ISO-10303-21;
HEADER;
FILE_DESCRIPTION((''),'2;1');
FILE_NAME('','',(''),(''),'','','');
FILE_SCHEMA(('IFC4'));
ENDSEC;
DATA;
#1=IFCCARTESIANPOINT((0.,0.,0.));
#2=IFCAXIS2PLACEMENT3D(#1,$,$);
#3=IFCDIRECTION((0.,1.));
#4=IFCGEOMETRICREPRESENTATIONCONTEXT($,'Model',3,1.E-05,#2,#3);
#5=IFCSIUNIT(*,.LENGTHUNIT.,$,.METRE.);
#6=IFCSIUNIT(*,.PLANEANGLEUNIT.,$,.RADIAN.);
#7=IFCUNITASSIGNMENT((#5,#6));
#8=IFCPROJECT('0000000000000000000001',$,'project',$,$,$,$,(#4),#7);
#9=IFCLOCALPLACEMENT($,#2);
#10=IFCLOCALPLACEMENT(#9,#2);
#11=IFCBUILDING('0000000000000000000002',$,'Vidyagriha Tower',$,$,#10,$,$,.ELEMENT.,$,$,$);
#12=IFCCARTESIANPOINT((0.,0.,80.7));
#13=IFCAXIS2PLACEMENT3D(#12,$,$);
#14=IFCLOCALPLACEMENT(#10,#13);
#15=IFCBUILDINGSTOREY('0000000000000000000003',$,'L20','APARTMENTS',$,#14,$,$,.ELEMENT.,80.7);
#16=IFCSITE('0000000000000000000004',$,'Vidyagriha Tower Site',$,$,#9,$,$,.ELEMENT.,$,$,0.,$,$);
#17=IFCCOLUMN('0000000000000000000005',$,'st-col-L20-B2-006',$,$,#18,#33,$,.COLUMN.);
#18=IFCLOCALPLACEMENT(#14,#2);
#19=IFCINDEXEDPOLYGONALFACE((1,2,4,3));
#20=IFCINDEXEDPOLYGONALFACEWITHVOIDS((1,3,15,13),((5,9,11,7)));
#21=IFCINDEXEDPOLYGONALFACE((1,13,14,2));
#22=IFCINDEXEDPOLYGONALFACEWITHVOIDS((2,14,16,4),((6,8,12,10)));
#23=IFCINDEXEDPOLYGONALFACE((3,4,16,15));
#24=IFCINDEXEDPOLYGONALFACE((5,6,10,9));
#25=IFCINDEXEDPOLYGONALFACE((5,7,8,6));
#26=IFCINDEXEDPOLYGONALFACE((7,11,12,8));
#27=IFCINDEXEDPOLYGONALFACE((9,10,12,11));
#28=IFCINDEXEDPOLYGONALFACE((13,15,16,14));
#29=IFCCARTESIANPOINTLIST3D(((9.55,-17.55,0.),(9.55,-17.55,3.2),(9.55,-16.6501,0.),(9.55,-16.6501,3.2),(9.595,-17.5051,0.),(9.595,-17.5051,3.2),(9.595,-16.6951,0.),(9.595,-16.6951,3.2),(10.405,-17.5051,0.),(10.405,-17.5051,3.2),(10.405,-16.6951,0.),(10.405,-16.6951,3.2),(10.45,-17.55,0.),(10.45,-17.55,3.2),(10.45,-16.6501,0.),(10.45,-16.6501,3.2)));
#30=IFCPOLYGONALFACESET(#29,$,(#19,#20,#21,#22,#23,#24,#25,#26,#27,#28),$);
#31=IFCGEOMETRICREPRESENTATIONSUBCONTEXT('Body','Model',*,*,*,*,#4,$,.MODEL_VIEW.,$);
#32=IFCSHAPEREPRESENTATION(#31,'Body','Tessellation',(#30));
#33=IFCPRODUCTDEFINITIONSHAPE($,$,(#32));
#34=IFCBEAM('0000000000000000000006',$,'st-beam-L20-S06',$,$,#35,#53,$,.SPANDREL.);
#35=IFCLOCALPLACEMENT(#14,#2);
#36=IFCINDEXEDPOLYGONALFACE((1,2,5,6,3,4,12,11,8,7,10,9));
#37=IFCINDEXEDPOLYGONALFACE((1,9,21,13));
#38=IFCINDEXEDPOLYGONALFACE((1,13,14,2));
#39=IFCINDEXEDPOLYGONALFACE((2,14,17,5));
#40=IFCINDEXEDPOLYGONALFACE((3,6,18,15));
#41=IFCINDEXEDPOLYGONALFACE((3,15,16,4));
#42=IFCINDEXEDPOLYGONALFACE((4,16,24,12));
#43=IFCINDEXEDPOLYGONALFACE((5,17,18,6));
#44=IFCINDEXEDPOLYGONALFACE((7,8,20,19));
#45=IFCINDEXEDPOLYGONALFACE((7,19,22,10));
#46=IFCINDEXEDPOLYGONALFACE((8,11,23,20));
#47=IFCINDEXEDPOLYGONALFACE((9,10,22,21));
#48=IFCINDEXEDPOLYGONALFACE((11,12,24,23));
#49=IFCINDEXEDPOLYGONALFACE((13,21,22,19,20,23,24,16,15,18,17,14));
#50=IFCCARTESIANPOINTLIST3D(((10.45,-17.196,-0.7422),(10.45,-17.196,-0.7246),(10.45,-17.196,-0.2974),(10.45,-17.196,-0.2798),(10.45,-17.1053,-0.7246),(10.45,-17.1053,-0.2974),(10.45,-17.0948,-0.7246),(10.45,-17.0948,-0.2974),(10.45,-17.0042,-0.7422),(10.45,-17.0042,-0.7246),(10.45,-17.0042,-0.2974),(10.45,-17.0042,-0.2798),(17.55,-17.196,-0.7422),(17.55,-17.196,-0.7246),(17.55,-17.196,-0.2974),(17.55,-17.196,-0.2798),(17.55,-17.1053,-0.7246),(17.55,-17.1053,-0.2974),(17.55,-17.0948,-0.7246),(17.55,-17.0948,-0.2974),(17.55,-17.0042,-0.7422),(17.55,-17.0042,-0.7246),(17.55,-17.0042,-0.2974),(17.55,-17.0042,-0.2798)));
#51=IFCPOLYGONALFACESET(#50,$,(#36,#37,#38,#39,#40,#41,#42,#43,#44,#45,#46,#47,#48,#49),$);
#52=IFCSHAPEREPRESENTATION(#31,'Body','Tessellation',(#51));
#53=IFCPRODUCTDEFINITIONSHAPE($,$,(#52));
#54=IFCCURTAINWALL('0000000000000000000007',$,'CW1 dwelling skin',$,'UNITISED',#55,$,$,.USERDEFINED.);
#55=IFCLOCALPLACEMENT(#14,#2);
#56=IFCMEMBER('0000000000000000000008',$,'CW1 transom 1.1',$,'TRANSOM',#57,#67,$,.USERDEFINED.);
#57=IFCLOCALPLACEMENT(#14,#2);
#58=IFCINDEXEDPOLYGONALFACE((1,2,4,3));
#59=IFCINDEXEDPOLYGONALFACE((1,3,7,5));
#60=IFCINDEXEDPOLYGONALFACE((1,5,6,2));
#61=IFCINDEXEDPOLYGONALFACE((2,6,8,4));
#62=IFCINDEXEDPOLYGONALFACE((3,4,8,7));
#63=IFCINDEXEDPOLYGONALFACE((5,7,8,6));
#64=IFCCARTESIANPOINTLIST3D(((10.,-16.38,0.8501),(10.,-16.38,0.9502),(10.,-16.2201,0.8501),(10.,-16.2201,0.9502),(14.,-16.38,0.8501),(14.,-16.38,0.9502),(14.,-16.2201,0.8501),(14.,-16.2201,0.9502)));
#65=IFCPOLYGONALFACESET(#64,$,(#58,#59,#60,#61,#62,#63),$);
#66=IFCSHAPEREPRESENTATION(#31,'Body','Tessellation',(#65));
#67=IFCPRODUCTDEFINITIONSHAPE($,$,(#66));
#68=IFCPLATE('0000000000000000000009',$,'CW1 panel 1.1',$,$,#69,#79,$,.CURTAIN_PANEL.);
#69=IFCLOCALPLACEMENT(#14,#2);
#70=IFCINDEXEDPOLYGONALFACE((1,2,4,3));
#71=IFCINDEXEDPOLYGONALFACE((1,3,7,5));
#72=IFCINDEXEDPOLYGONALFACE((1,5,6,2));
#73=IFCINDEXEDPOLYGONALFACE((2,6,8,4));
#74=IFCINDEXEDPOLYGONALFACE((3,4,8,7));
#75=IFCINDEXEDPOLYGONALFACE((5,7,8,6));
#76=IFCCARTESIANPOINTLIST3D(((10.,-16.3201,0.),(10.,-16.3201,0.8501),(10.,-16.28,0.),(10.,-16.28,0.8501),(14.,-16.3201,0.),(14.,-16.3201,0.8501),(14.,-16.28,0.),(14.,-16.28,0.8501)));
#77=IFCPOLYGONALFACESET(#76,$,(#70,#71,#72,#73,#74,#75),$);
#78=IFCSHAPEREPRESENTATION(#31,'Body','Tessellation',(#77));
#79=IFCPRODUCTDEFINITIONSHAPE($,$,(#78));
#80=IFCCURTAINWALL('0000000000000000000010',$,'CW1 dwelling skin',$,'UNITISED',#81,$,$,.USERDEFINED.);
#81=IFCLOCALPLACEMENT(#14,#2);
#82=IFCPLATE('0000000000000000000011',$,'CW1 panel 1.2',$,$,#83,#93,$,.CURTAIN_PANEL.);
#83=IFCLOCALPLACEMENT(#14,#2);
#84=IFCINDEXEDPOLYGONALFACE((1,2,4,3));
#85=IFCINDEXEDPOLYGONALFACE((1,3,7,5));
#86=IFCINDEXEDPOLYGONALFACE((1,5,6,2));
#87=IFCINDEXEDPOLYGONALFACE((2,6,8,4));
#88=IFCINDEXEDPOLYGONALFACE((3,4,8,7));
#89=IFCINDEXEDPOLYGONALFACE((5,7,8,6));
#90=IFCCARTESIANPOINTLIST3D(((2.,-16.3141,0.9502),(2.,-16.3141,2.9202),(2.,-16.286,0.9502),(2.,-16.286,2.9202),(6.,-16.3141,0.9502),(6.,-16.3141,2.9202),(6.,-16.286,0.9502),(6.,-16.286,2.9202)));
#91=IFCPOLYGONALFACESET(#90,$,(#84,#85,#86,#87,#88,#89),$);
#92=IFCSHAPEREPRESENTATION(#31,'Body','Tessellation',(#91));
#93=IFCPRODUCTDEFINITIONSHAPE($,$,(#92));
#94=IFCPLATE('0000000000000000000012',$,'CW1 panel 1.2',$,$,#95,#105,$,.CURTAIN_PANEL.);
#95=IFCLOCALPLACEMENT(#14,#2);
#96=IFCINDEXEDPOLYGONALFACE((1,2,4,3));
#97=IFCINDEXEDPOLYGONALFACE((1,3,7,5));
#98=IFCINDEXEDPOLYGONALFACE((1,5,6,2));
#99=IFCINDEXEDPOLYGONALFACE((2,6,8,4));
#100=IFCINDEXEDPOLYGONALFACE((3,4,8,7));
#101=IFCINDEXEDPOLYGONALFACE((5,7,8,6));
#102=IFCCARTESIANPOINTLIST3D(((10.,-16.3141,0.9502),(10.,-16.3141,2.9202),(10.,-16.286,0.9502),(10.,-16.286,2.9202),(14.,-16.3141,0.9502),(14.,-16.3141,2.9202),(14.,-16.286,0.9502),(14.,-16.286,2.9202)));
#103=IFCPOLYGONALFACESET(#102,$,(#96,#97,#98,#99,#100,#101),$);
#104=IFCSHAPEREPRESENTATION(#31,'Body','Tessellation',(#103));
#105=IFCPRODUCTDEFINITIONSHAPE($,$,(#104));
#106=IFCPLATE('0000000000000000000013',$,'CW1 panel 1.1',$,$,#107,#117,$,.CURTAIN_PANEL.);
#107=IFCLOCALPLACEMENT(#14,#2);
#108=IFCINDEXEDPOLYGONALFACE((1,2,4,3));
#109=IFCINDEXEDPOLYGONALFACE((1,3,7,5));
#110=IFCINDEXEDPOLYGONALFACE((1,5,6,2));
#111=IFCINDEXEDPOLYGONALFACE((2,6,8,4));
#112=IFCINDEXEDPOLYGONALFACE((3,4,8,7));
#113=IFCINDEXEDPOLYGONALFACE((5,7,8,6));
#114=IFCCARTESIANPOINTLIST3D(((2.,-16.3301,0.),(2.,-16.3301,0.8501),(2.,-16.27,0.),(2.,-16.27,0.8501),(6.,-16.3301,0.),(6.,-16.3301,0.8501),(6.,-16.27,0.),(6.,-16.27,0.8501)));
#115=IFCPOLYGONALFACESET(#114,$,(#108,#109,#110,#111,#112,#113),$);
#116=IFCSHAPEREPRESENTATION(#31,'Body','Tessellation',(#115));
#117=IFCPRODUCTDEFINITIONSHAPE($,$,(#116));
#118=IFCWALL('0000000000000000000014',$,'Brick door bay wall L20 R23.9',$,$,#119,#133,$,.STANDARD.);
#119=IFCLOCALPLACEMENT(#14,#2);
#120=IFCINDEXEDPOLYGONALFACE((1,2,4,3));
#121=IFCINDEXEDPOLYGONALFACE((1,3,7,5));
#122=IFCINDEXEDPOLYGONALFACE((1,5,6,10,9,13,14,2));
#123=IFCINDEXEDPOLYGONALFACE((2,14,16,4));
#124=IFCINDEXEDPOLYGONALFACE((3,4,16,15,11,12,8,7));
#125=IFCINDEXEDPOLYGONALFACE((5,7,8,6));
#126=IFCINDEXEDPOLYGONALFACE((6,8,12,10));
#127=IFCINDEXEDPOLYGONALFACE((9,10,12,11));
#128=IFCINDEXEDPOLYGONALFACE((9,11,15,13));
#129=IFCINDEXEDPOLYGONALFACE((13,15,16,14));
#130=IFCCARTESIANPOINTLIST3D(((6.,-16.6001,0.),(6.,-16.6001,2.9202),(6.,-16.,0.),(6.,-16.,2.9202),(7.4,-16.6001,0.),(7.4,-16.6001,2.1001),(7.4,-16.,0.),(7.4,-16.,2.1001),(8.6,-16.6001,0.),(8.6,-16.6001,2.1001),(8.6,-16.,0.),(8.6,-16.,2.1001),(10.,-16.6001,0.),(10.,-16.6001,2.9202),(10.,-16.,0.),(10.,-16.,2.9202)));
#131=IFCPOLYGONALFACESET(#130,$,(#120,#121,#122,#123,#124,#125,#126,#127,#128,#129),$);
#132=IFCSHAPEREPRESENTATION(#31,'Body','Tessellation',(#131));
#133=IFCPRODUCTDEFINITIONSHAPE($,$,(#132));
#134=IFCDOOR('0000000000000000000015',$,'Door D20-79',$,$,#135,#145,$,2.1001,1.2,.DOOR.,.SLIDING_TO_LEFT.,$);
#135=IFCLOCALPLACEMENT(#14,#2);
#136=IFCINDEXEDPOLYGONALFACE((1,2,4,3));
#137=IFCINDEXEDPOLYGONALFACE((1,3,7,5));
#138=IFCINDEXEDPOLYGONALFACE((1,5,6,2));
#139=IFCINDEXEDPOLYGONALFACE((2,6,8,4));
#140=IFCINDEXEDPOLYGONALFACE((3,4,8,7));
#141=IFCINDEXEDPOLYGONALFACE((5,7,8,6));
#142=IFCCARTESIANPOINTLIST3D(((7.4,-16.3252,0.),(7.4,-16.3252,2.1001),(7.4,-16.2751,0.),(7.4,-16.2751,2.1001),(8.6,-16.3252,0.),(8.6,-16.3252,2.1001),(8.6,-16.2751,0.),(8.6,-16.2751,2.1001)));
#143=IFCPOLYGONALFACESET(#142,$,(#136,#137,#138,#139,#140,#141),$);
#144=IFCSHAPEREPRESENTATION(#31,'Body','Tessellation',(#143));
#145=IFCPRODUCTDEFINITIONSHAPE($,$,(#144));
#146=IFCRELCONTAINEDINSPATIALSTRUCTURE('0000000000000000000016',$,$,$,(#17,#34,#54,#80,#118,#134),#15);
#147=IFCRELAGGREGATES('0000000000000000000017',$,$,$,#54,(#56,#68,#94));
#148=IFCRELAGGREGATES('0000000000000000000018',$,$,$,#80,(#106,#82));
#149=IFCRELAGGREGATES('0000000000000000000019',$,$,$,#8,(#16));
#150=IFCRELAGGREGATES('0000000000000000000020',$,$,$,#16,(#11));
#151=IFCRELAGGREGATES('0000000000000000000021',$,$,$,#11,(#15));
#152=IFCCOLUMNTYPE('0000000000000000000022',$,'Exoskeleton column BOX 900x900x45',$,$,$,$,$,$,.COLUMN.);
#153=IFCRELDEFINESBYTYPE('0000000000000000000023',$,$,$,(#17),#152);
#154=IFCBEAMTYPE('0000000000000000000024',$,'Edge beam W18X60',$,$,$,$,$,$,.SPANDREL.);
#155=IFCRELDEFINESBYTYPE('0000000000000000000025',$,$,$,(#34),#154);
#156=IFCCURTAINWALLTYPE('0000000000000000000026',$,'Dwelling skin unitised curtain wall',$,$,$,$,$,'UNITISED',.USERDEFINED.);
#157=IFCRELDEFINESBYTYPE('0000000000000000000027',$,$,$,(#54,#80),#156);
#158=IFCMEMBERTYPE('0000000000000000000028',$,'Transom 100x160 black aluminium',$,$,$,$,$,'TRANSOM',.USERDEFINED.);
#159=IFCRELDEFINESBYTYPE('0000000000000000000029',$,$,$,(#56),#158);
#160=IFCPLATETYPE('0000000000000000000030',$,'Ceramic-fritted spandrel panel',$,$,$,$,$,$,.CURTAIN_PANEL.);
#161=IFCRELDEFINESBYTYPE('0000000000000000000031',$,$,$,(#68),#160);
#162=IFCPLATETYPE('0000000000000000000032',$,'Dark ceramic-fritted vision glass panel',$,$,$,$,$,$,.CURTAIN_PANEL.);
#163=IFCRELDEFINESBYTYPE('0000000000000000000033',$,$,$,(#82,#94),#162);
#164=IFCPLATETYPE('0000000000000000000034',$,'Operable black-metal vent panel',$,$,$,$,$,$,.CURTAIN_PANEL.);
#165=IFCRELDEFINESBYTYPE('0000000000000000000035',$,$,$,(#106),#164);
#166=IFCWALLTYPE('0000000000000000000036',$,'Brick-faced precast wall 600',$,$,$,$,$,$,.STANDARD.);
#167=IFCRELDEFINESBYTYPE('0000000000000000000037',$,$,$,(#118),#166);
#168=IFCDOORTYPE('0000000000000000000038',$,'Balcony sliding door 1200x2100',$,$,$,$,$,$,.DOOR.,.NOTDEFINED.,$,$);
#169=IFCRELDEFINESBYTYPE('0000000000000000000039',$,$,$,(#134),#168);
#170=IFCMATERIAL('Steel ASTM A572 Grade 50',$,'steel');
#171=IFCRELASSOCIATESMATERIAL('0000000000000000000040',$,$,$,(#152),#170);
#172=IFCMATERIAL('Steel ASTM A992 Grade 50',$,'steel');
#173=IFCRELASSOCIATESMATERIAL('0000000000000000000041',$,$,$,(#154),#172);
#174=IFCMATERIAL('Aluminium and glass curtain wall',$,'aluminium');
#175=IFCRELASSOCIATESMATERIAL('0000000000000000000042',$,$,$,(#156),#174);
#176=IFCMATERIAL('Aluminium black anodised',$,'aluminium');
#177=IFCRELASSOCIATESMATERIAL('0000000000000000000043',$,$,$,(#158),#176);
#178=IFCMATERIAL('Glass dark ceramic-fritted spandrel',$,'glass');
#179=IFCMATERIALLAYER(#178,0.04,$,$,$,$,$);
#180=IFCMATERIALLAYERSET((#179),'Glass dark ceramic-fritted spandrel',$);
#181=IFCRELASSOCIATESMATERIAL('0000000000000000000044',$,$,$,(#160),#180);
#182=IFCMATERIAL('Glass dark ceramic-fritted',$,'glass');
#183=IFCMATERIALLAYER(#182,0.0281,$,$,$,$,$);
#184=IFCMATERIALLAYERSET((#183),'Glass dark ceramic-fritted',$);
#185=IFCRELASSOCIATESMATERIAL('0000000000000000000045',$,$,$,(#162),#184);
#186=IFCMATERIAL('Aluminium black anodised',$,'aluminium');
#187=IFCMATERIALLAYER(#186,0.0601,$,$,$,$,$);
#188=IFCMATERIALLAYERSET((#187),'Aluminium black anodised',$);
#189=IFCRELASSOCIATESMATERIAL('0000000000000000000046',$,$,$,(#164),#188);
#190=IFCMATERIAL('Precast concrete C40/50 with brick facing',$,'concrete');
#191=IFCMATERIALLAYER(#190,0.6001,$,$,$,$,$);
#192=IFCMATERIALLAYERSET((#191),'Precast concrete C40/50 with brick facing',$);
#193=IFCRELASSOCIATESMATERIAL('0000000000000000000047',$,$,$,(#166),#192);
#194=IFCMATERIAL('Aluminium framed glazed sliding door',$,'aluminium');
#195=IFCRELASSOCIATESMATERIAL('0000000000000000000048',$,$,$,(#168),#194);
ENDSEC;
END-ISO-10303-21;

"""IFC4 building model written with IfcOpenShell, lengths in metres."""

from ifc_helpers import new_model, si_unit, direction, frame, frame_2d, origin, origin_2d, place, context, subcontext, project, spatial, rectangle, hollow_rectangle, i_section, extrude, material, layer, layer_set, material_profile, profile_set, type_object, element, fill, aggregate, save


model = new_model("IFC4")

# Units and contexts
model_context = context("Model", 3, precision=1e-05, world=origin(), true_north=direction((0.0, 1.0)))
body_context = subcontext(model_context, "Body", "Model", "MODEL_VIEW")
ifc_project = project(units=[si_unit("LENGTHUNIT", "METRE"), si_unit("PLANEANGLEUNIT", "RADIAN")], contexts=[model_context])

# Site, building, storey
site_placement = place(None, origin())
site = spatial("IfcSite", under=ifc_project, at=site_placement, Name="Vidyagriha Tower Site", CompositionType="ELEMENT", RefElevation=0.0)
building_placement = place(site_placement, origin())
building = spatial("IfcBuilding", under=site, at=building_placement, Name="Vidyagriha Tower", CompositionType="ELEMENT")
storey_placement = place(building_placement, frame((0.0, 0.0, 80.7)))
storey = spatial("IfcBuildingStorey", under=building, at=storey_placement, Name="L20", Description="APARTMENTS", CompositionType="ELEMENT", Elevation=80.7)

# Column
ifc_material_1 = material(Name="Steel ASTM A572 Grade 50", Category="steel")
ifc_material_profile_1 = material_profile(ifc_material_1, hollow_rectangle(XDim=0.8999, YDim=0.8999, WallThickness=0.0449, at=origin_2d()), Name="BOX 900x900x45")
ifc_profile_set_1 = profile_set([ifc_material_profile_1], Name="Steel ASTM A572 Grade 50")
column_type = type_object("IfcColumnType", Name="Exoskeleton column BOX 900x900x45", PredefinedType="COLUMN", material=ifc_profile_set_1)
column_placement = place(storey_placement, frame((10.0, -17.1001, 0.0)))
element("IfcColumn", 1, at=column_placement, inside=storey, type_object=column_type, Name="st-col-L20-B2-006", PredefinedType="COLUMN", context=body_context, shape_type="SweptSolid", body=[
    extrude(hollow_rectangle(XDim=0.8999, YDim=0.8999, WallThickness=0.0449, at=origin_2d()), origin(), (0.0, 0.0, 1.0), 3.2),
])

# Beam
ifc_material_2 = material(Name="Steel ASTM A992 Grade 50", Category="steel")
ifc_material_profile_2 = material_profile(ifc_material_2, i_section(OverallWidth=0.1919, OverallDepth=0.4624, WebThickness=0.0105, FlangeThickness=0.0176, at=origin_2d()), Name="W18X60")
ifc_profile_set_2 = profile_set([ifc_material_profile_2], Name="Steel ASTM A992 Grade 50")
beam_type = type_object("IfcBeamType", Name="Edge beam W18X60", PredefinedType="SPANDREL", material=ifc_profile_set_2)
beam_placement = place(storey_placement, frame((10.45, -17.1001, -0.511), z_axis=(1.0, 0.0, 0.0), x_axis=(0.0, 1.0, 0.0)))
element("IfcBeam", 2, at=beam_placement, inside=storey, type_object=beam_type, Name="st-beam-L20-S06", PredefinedType="SPANDREL", context=body_context, shape_type="SweptSolid", body=[
    extrude(i_section(OverallWidth=0.1919, OverallDepth=0.4624, WebThickness=0.0105, FlangeThickness=0.0176, at=origin_2d()), origin(), (0.0, 0.0, 1.0), 7.1001),
])

# Curtain wall, member, plate
ifc_material_3 = material(Name="Aluminium and glass curtain wall", Category="aluminium")
curtain_wall_type = type_object("IfcCurtainWallType", Name="Dwelling skin unitised curtain wall", ElementType="UNITISED", PredefinedType="USERDEFINED", material=ifc_material_3)
curtain_wall_1_placement = place(storey_placement, origin())
curtain_wall_1 = element("IfcCurtainWall", 3, at=curtain_wall_1_placement, inside=storey, type_object=curtain_wall_type, Name="CW1 dwelling skin", ObjectType="UNITISED", PredefinedType="USERDEFINED")
ifc_material_4 = material(Name="Aluminium black anodised", Category="aluminium")
ifc_material_profile_3 = material_profile(ifc_material_4, rectangle(XDim=0.1599, YDim=0.1001, at=origin_2d()), Name="Transom 100x160 black aluminium")
ifc_profile_set_3 = profile_set([ifc_material_profile_3], Name="Aluminium black anodised")
member_type = type_object("IfcMemberType", Name="Transom 100x160 black aluminium", ElementType="TRANSOM", PredefinedType="USERDEFINED", material=ifc_profile_set_3)
member_placement = place(storey_placement, frame((10.0, -16.3, 0.9001), z_axis=(1.0, 0.0, 0.0), x_axis=(0.0, 1.0, 0.0)))
member = element("IfcMember", 4, at=member_placement, type_object=member_type, Name="CW1 transom 1.1", ObjectType="TRANSOM", PredefinedType="USERDEFINED", context=body_context, shape_type="SweptSolid", body=[
    extrude(rectangle(XDim=0.1599, YDim=0.1001, at=origin_2d()), origin(), (0.0, 0.0, 1.0), 4.0),
])
ifc_material_5 = material(Name="Glass dark ceramic-fritted spandrel", Category="glass")
ifc_layer_1 = layer(ifc_material_5, 0.04)
ifc_layer_set_1 = layer_set([ifc_layer_1], Name="Glass dark ceramic-fritted spandrel")
plate_type_1 = type_object("IfcPlateType", Name="Ceramic-fritted spandrel panel", PredefinedType="CURTAIN_PANEL", material=ifc_layer_set_1)
plate_1_placement = place(storey_placement, frame((12.0, -16.3, 0.0)))
plate_1 = element("IfcPlate", 5, at=plate_1_placement, type_object=plate_type_1, Name="CW1 panel 1.1", PredefinedType="CURTAIN_PANEL", context=body_context, shape_type="SweptSolid", body=[
    extrude(rectangle(XDim=4.0, YDim=0.04, at=origin_2d()), origin(), (0.0, 0.0, 1.0), 0.8501),
])

# Curtain wall, plate
curtain_wall_2_placement = place(storey_placement, origin())
curtain_wall_2 = element("IfcCurtainWall", 6, at=curtain_wall_2_placement, inside=storey, type_object=curtain_wall_type, Name="CW1 dwelling skin", ObjectType="UNITISED", PredefinedType="USERDEFINED")
ifc_material_6 = material(Name="Glass dark ceramic-fritted", Category="glass")
ifc_layer_2 = layer(ifc_material_6, 0.0281)
ifc_layer_set_2 = layer_set([ifc_layer_2], Name="Glass dark ceramic-fritted")
plate_type_2 = type_object("IfcPlateType", Name="Dark ceramic-fritted vision glass panel", PredefinedType="CURTAIN_PANEL", material=ifc_layer_set_2)
plate_2_placement = place(storey_placement, frame((4.0, -16.3, 0.9502)))
plate_2 = element("IfcPlate", 7, at=plate_2_placement, type_object=plate_type_2, Name="CW1 panel 1.2", PredefinedType="CURTAIN_PANEL", context=body_context, shape_type="SweptSolid", body=[
    extrude(rectangle(XDim=4.0, YDim=0.0281, at=origin_2d()), origin(), (0.0, 0.0, 1.0), 1.97),
])

# Plates
plate_3_placement = place(storey_placement, frame((12.0, -16.3, 0.9502)))
plate_3 = element("IfcPlate", 8, at=plate_3_placement, type_object=plate_type_2, Name="CW1 panel 1.2", PredefinedType="CURTAIN_PANEL", context=body_context, shape_type="SweptSolid", body=[
    extrude(rectangle(XDim=4.0, YDim=0.0281, at=origin_2d()), origin(), (0.0, 0.0, 1.0), 1.97),
])
aggregate(curtain_wall_1, [member, plate_1, plate_3])
ifc_material_7 = material(Name="Aluminium black anodised", Category="aluminium")
ifc_layer_3 = layer(ifc_material_7, 0.0601)
ifc_layer_set_3 = layer_set([ifc_layer_3], Name="Aluminium black anodised")
plate_type_3 = type_object("IfcPlateType", Name="Operable black-metal vent panel", PredefinedType="CURTAIN_PANEL", material=ifc_layer_set_3)
plate_4_placement = place(storey_placement, frame((4.0, -16.3, 0.0)))
plate_4 = element("IfcPlate", 9, at=plate_4_placement, type_object=plate_type_3, Name="CW1 panel 1.1", PredefinedType="CURTAIN_PANEL", context=body_context, shape_type="SweptSolid", body=[
    extrude(rectangle(XDim=4.0, YDim=0.0601, at=origin_2d()), origin(), (0.0, 0.0, 1.0), 0.8501),
])
aggregate(curtain_wall_2, [plate_4, plate_2])

# Wall, opening, door
ifc_material_8 = material(Name="Precast concrete C40/50 with brick facing", Category="concrete")
ifc_layer_4 = layer(ifc_material_8, 0.6001)
ifc_layer_set_4 = layer_set([ifc_layer_4], Name="Precast concrete C40/50 with brick facing")
wall_type = type_object("IfcWallType", Name="Brick-faced precast wall 600", PredefinedType="STANDARD", material=ifc_layer_set_4)
wall_placement = place(storey_placement, frame((6.0, -16.3, 0.0)))
wall = element("IfcWall", 10, at=wall_placement, inside=storey, type_object=wall_type, Name="Brick door bay wall L20 R23.9", PredefinedType="STANDARD", context=body_context, shape_type="SweptSolid", body=[
    extrude(rectangle(XDim=4.0, YDim=0.6001, at=frame_2d((2.0, 0.0))), origin(), (0.0, 0.0, 1.0), 2.9202),
])
opening_placement = place(wall_placement, frame((1.3999, 0.0, 0.0)))
opening = element("IfcOpeningElement", 11, at=opening_placement, cuts=wall, PredefinedType="OPENING", context=body_context, shape_type="SweptSolid", body=[
    extrude(rectangle(XDim=1.2, YDim=2.1001, at=frame_2d((0.6001, 1.05))), frame((0.0, 0.3101, 0.0), z_axis=(0.0, -1.0, 0.0), x_axis=(1.0, 0.0, 0.0)), (0.0, 0.0, 1.0), 0.6201),
])
ifc_material_9 = material(Name="Aluminium framed glazed sliding door", Category="aluminium")
door_type = type_object("IfcDoorType", Name="Balcony sliding door 1200x2100", OperationType="NOTDEFINED", PredefinedType="DOOR", material=ifc_material_9)
door_placement = place(opening_placement, origin())
door = element("IfcDoor", 12, at=door_placement, inside=storey, type_object=door_type, Name="Door D20-79", OperationType="SLIDING_TO_LEFT", OverallHeight=2.1001, OverallWidth=1.2, PredefinedType="DOOR", context=body_context, shape_type="SweptSolid", body=[
    extrude(rectangle(XDim=1.2, YDim=2.1001, at=frame_2d((0.6001, 1.05))), frame((0.0, 0.0249, 0.0), z_axis=(0.0, -1.0, 0.0), x_axis=(1.0, 0.0, 0.0)), (0.0, 0.0, 1.0), 0.05),
])
fill(opening, door)

save(model, "model.ifc")
